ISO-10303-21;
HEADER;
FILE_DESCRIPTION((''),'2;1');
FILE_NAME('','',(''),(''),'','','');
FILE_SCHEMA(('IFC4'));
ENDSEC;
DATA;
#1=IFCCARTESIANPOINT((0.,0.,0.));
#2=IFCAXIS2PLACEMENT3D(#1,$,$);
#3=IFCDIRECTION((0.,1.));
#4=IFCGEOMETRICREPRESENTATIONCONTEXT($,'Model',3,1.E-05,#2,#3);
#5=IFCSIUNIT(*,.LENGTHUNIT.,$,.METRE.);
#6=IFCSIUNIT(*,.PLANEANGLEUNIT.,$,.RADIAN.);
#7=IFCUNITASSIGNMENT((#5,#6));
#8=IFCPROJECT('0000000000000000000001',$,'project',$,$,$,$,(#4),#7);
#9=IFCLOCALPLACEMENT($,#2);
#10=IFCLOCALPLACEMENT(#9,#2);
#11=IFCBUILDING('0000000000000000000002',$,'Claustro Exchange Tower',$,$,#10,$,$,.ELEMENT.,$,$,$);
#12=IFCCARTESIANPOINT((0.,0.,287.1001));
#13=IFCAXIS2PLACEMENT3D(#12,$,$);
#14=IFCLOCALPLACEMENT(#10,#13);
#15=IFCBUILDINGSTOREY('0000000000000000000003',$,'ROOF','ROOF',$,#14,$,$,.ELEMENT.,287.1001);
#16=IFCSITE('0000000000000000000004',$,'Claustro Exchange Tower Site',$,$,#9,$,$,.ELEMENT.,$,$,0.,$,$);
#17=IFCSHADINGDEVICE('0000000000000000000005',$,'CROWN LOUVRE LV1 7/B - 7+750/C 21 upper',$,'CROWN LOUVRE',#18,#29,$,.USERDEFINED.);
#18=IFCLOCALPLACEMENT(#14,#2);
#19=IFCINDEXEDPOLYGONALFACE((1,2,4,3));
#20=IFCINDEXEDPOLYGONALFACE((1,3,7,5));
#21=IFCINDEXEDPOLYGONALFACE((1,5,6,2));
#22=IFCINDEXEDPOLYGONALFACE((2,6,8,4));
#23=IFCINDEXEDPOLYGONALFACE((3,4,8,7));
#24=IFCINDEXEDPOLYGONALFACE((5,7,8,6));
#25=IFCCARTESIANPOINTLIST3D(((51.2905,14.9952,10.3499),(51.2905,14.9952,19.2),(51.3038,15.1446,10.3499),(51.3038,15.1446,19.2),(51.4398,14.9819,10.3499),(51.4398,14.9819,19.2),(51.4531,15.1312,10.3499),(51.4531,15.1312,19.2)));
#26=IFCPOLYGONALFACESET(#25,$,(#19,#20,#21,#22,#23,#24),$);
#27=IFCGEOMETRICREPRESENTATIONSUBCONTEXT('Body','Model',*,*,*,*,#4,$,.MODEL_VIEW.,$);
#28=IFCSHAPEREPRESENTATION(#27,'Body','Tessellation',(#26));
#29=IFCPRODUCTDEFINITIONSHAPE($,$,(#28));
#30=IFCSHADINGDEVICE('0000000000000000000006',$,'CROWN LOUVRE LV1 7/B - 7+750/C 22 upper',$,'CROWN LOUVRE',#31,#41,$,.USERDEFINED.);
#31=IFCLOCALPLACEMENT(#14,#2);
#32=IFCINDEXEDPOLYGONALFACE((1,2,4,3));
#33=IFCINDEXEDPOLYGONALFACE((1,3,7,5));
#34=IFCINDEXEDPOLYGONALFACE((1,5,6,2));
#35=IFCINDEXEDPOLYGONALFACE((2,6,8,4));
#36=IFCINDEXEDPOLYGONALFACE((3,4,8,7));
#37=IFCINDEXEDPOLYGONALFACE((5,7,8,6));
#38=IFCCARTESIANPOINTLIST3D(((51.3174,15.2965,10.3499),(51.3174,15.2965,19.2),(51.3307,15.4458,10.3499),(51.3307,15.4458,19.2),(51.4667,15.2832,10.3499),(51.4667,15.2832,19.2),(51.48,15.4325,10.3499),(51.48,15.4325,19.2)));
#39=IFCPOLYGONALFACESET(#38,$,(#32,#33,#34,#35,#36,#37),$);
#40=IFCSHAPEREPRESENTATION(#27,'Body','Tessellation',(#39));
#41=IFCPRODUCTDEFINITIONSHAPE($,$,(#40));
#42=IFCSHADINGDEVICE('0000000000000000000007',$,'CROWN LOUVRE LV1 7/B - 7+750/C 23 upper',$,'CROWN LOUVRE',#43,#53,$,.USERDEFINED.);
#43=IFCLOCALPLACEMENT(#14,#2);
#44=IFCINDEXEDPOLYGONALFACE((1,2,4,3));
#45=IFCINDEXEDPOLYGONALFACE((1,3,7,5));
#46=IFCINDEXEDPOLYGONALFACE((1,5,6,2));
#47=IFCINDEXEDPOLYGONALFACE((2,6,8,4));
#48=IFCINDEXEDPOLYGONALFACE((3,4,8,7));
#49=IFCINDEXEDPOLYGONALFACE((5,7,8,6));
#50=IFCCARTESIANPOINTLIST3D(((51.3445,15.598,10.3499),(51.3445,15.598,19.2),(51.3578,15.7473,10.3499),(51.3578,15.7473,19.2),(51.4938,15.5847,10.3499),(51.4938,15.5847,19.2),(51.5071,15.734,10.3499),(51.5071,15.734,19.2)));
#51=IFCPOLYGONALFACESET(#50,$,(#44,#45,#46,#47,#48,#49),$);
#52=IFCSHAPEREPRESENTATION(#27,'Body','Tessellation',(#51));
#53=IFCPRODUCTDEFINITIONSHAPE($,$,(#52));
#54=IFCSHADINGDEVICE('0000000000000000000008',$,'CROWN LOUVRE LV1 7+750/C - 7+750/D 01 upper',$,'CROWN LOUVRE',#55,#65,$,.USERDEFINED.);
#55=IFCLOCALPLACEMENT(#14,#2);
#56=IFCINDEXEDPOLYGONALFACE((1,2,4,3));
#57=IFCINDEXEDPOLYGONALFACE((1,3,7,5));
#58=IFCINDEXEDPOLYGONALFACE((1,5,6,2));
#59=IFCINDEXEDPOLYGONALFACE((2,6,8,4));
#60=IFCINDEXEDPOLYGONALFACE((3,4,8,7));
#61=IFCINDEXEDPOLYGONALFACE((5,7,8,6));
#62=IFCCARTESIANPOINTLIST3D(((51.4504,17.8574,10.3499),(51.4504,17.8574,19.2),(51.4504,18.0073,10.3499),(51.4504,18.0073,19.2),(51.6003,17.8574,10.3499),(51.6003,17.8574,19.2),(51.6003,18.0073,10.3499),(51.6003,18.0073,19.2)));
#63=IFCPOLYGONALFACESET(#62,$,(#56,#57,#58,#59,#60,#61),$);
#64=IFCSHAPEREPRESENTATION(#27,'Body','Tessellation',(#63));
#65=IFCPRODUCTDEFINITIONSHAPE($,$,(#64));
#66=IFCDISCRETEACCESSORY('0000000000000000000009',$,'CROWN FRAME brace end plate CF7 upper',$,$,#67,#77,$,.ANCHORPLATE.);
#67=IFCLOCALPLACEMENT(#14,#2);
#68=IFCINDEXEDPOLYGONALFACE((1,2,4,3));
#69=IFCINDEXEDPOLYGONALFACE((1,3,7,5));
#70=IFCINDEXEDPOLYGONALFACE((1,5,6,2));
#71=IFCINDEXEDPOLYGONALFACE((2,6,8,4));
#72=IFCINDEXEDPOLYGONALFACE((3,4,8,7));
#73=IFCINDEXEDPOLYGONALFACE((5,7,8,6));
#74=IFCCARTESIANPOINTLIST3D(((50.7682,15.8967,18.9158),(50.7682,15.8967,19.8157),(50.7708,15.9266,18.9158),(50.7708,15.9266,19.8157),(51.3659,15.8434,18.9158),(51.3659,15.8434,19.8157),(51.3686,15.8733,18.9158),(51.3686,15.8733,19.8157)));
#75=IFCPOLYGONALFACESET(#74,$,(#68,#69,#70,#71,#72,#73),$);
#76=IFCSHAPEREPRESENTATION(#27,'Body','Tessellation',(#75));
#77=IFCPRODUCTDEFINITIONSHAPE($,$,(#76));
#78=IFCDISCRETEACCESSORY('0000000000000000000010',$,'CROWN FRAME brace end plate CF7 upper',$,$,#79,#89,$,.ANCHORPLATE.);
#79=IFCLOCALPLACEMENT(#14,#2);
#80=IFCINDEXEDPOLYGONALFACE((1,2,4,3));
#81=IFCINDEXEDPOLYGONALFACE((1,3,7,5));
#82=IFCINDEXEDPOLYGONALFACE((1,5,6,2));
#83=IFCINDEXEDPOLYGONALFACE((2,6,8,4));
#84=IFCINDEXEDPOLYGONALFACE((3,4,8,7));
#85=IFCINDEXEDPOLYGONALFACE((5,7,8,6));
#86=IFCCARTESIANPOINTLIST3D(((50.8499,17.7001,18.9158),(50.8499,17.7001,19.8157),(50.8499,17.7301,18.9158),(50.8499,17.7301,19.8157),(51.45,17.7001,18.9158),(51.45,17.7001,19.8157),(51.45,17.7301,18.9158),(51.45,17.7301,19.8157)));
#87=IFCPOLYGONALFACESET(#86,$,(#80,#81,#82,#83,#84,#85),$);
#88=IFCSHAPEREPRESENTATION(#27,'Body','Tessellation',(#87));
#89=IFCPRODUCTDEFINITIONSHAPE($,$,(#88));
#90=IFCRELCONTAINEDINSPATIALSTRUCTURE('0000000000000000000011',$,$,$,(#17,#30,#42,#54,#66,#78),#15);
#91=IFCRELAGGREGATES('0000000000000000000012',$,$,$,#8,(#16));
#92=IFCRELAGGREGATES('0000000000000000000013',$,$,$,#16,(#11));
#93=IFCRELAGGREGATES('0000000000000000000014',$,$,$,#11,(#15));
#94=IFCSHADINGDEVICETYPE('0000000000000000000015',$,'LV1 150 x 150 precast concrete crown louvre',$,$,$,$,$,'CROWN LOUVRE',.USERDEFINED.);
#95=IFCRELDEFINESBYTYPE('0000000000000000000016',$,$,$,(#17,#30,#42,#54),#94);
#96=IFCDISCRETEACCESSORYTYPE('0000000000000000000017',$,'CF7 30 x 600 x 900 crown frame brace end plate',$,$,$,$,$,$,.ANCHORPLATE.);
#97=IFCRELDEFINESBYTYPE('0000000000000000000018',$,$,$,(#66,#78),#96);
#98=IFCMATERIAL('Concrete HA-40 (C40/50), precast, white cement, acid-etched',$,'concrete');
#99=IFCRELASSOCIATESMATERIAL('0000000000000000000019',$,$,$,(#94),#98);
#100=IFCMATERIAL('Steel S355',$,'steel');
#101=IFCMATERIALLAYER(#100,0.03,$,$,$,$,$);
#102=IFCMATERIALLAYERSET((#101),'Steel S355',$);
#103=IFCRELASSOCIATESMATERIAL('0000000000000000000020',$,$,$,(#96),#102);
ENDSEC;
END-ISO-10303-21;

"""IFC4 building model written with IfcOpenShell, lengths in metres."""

from ifc_helpers import new_model, si_unit, direction, frame, origin, origin_2d, place, context, subcontext, project, spatial, rectangle, extrude, material, layer, layer_set, type_object, element, save


model = new_model("IFC4")

# Units and contexts
model_context = context("Model", 3, precision=1e-05, world=origin(), true_north=direction((0.0, 1.0)))
body_context = subcontext(model_context, "Body", "Model", "MODEL_VIEW")
ifc_project = project(units=[si_unit("LENGTHUNIT", "METRE"), si_unit("PLANEANGLEUNIT", "RADIAN")], contexts=[model_context])

# Site, building, storey
site_placement = place(None, origin())
site = spatial("IfcSite", under=ifc_project, at=site_placement, Name="Claustro Exchange Tower Site", CompositionType="ELEMENT", RefElevation=0.0)
building_placement = place(site_placement, origin())
building = spatial("IfcBuilding", under=site, at=building_placement, Name="Claustro Exchange Tower", CompositionType="ELEMENT")
storey_placement = place(building_placement, frame((0.0, 0.0, 287.1001)))
storey = spatial("IfcBuildingStorey", under=building, at=storey_placement, Name="ROOF", Description="ROOF", CompositionType="ELEMENT", Elevation=287.1001)

# Shading devices
ifc_material_1 = material(Name="Concrete HA-40 (C40/50), precast, white cement, acid-etched", Category="concrete")
shading_device_type = type_object("IfcShadingDeviceType", Name="LV1 150 x 150 precast concrete crown louvre", ElementType="CROWN LOUVRE", PredefinedType="USERDEFINED", material=ifc_material_1)
for number, where, z_axis, x_axis, name in (
    (1, (51.3718, 15.0632, 10.3499), (0.0, 0.0, 1.0), (0.088933, 0.996038, 0.0), "CROWN LOUVRE LV1 7/B - 7+750/C 21 upper"),
    (2, (51.3987, 15.3645, 10.3499), (0.0, 0.0, 1.0), (0.088933, 0.996038, 0.0), "CROWN LOUVRE LV1 7/B - 7+750/C 22 upper"),
    (3, (51.4258, 15.666, 10.3499), (0.0, 0.0, 1.0), (0.088933, 0.996038, 0.0), "CROWN LOUVRE LV1 7/B - 7+750/C 23 upper"),
    (4, (51.5254, 17.9324, 10.3499), (0.0, 0.0, 1.0), (0.0, 1.0, 0.0), "CROWN LOUVRE LV1 7+750/C - 7+750/D 01 upper"),
):
    element("IfcShadingDevice", number, at=place(storey_placement, frame(where, z_axis=z_axis, x_axis=x_axis)), inside=storey, type_object=shading_device_type, Name=name, ObjectType="CROWN LOUVRE", PredefinedType="USERDEFINED", context=body_context, shape_type="SweptSolid", body=[
        extrude(rectangle(XDim=0.1499, YDim=0.1499, at=origin_2d()), origin(), (0.0, 0.0, 1.0), 8.8501),
    ])

# Discrete accessories
ifc_material_2 = material(Name="Steel S355", Category="steel")
ifc_layer_1 = layer(ifc_material_2, 0.03)
ifc_layer_set_1 = layer_set([ifc_layer_1], Name="Steel S355")
discrete_accessory_type = type_object("IfcDiscreteAccessoryType", Name="CF7 30 x 600 x 900 crown frame brace end plate", PredefinedType="ANCHORPLATE", material=ifc_layer_set_1)
for number, where, z_axis, x_axis, name in (
    (5, (51.0684, 15.885, 18.9158), (0.0, 0.0, 1.0), (0.088933, 0.996038, 0.0), "CROWN FRAME brace end plate CF7 upper"),
    (6, (51.1499, 17.7151, 18.9158), (0.0, 0.0, 1.0), (0.0, -1.0, 0.0), "CROWN FRAME brace end plate CF7 upper"),
):
    element("IfcDiscreteAccessory", number, at=place(storey_placement, frame(where, z_axis=z_axis, x_axis=x_axis)), inside=storey, type_object=discrete_accessory_type, Name=name, PredefinedType="ANCHORPLATE", context=body_context, shape_type="SweptSolid", body=[
        extrude(rectangle(XDim=0.03, YDim=0.6001, at=origin_2d()), origin(), (0.0, 0.0, 1.0), 0.8999),
    ])

save(model, "model.ifc")
